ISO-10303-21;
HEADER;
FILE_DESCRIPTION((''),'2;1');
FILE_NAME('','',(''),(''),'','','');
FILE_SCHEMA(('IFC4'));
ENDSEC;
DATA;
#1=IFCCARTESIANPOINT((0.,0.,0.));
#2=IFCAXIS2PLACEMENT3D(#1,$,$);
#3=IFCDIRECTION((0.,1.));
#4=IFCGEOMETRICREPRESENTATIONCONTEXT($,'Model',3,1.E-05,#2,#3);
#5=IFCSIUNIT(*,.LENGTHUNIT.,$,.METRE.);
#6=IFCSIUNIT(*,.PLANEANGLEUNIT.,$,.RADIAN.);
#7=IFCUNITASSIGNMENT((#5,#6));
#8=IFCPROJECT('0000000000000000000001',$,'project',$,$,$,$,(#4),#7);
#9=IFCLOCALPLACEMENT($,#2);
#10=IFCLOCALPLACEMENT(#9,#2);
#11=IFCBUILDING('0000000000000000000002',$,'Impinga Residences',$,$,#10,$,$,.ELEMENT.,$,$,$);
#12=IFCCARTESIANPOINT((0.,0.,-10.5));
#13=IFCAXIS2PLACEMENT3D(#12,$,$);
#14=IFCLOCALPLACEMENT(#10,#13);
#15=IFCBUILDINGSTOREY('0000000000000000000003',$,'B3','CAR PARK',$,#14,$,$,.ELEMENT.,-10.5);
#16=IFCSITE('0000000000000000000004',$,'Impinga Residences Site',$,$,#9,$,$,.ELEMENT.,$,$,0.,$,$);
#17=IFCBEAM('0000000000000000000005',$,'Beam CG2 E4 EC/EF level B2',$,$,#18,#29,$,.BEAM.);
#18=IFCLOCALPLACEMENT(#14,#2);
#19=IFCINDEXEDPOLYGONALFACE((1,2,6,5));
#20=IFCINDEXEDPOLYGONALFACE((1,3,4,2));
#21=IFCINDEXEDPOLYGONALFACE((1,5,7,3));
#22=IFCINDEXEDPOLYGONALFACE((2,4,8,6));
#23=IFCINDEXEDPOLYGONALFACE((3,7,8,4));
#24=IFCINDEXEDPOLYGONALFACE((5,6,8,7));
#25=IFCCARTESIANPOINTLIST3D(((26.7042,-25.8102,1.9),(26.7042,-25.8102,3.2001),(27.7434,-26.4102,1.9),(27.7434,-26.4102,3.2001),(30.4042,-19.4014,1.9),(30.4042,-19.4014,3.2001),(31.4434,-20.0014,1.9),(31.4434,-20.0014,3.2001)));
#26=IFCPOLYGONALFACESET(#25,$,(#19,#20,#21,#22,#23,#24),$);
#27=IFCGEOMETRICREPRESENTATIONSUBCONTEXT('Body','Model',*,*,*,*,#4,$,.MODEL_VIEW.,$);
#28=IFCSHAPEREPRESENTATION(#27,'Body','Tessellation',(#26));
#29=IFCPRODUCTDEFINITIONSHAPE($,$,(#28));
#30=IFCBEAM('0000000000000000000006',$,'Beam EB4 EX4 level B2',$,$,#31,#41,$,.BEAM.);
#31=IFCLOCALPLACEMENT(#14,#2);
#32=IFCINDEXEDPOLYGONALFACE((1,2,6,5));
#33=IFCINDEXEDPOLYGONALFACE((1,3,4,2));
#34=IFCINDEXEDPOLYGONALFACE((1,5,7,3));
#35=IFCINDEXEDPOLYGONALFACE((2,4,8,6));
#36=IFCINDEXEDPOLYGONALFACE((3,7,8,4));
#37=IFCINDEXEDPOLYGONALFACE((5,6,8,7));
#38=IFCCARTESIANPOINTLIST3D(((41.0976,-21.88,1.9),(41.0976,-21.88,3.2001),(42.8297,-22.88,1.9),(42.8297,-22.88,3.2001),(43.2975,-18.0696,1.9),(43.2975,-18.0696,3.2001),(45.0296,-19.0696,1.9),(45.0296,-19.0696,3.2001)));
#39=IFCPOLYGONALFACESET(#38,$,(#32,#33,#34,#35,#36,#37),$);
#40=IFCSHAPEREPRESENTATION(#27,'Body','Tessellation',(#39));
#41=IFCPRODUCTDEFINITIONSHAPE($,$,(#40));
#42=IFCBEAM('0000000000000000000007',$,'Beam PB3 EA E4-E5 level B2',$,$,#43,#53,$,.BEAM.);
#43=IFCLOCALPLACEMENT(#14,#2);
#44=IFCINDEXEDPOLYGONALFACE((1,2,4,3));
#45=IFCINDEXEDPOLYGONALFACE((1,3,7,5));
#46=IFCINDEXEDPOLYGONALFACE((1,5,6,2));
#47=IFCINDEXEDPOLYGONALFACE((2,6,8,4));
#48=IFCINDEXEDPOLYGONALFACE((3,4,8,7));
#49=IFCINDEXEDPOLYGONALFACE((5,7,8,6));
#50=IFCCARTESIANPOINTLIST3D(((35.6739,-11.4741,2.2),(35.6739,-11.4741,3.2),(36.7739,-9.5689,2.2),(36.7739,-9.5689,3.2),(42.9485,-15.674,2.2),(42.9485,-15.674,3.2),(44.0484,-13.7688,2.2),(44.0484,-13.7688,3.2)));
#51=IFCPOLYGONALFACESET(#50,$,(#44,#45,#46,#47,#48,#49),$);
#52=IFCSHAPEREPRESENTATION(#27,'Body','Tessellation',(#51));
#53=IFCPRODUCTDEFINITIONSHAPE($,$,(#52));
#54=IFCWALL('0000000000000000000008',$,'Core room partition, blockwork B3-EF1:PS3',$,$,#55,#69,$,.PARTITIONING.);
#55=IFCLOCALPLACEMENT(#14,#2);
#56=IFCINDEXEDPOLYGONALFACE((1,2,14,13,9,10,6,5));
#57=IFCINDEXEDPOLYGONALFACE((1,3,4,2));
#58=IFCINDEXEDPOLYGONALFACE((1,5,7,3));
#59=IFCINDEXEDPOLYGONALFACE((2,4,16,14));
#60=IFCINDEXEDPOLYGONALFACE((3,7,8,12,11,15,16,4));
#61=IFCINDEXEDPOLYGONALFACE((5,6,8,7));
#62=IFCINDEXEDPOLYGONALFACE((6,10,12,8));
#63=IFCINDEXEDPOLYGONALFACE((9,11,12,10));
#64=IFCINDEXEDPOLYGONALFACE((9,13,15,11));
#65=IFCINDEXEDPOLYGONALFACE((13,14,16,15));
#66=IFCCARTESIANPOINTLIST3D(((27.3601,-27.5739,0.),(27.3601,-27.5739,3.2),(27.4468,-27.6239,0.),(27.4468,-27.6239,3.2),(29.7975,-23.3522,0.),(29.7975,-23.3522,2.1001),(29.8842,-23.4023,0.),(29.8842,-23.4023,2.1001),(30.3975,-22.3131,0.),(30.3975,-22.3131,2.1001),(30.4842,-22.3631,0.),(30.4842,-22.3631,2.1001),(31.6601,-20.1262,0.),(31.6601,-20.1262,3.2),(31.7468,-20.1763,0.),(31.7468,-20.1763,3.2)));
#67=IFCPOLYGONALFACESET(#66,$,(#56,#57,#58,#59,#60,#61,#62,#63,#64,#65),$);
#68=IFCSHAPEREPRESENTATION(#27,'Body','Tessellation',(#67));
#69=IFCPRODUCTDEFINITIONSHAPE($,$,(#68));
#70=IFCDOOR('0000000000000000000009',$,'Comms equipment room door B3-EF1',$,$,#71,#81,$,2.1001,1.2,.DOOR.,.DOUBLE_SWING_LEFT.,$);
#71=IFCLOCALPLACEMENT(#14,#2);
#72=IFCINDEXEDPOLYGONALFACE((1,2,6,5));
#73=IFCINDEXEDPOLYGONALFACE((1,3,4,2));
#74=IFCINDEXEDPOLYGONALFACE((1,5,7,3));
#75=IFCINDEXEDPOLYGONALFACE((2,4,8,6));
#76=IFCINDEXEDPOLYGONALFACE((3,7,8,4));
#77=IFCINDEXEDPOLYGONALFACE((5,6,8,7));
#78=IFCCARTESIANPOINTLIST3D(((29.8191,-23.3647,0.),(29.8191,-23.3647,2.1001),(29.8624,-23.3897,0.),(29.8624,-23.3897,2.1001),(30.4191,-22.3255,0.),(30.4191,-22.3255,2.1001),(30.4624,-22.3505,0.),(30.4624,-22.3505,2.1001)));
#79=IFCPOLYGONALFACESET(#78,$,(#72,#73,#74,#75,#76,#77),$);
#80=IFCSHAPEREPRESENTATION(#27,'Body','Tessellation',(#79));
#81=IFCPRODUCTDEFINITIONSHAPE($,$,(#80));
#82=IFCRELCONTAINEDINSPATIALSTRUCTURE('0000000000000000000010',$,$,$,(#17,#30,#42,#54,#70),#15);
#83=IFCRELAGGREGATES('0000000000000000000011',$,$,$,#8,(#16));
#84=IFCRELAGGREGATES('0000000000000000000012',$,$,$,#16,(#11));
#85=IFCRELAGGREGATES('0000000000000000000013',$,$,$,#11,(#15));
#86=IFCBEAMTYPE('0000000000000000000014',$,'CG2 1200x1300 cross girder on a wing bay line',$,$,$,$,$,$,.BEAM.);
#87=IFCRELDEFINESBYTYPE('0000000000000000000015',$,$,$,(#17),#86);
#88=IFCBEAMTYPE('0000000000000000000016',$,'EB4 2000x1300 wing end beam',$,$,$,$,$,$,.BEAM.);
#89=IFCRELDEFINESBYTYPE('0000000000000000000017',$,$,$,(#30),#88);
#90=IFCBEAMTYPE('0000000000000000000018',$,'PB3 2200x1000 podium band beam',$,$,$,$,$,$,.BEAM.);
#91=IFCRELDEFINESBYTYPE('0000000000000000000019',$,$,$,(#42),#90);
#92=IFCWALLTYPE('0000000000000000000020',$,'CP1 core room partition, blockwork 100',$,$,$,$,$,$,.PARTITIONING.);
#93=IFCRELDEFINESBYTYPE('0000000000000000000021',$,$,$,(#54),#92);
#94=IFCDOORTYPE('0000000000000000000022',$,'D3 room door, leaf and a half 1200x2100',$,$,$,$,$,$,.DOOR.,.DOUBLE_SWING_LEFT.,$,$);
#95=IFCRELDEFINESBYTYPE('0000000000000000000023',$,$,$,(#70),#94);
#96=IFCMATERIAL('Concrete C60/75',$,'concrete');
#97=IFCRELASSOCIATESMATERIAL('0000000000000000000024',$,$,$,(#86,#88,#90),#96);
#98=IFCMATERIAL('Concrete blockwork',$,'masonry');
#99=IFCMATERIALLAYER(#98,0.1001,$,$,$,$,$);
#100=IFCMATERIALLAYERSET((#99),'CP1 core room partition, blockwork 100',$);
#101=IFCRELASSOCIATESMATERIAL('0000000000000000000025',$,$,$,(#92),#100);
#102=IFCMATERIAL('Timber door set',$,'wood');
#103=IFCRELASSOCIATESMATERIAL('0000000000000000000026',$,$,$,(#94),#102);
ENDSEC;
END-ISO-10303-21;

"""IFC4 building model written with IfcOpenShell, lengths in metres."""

from ifc_helpers import new_model, si_unit, direction, frame, frame_2d, origin, origin_2d, place, context, subcontext, project, spatial, rectangle, extrude, material, layer, layer_set, material_profile, profile_set, type_object, element, fill, save


model = new_model("IFC4")

# Units and contexts
model_context = context("Model", 3, precision=1e-05, world=origin(), true_north=direction((0.0, 1.0)))
body_context = subcontext(model_context, "Body", "Model", "MODEL_VIEW")
ifc_project = project(units=[si_unit("LENGTHUNIT", "METRE"), si_unit("PLANEANGLEUNIT", "RADIAN")], contexts=[model_context])

# Site, building, storey
site_placement = place(None, origin())
site = spatial("IfcSite", under=ifc_project, at=site_placement, Name="Impinga Residences Site", CompositionType="ELEMENT", RefElevation=0.0)
building_placement = place(site_placement, origin())
building = spatial("IfcBuilding", under=site, at=building_placement, Name="Impinga Residences", CompositionType="ELEMENT")
storey_placement = place(building_placement, frame((0.0, 0.0, -10.5)))
storey = spatial("IfcBuildingStorey", under=building, at=storey_placement, Name="B3", Description="CAR PARK", CompositionType="ELEMENT", Elevation=-10.5)

# Beams
ifc_material_1 = material(Name="Concrete C60/75", Category="concrete")
ifc_material_profile_1 = material_profile(ifc_material_1, rectangle(XDim=1.2, YDim=1.3, at=origin_2d()), Name="RC 1200x1300")
ifc_profile_set_1 = profile_set([ifc_material_profile_1], Name="Concrete C60/75")
beam_type_1 = type_object("IfcBeamType", Name="CG2 1200x1300 cross girder on a wing bay line", PredefinedType="BEAM", material=ifc_profile_set_1)
for number, where, z_axis, x_axis, name in (
    (1, (30.9238, -19.7014, 2.55), (-0.499989, -0.866032, 0.0), (0.866032, -0.499989, 0.0), "Beam CG2 E4 EC/EF level B2"),
):
    element("IfcBeam", number, at=place(storey_placement, frame(where, z_axis=z_axis, x_axis=x_axis)), inside=storey, type_object=beam_type_1, Name=name, PredefinedType="BEAM", context=body_context, shape_type="SweptSolid", body=[
        extrude(rectangle(XDim=1.2, YDim=1.3, at=origin_2d()), origin(), (0.0, 0.0, 1.0), 7.4001),
    ])
ifc_material_profile_2 = material_profile(ifc_material_1, rectangle(XDim=2.0, YDim=1.3, at=origin_2d()), Name="RC 2000x1300")
ifc_profile_set_2 = profile_set([ifc_material_profile_2], Name="Concrete C60/75")
beam_type_2 = type_object("IfcBeamType", Name="EB4 2000x1300 wing end beam", PredefinedType="BEAM", material=ifc_profile_set_2)
beam_1_placement = place(storey_placement, frame((44.1636, -18.5696, 2.55), z_axis=(-0.499988, -0.866032, 0.0), x_axis=(0.866032, -0.499988, 0.0)))
element("IfcBeam", 2, at=beam_1_placement, inside=storey, type_object=beam_type_2, Name="Beam EB4 EX4 level B2", PredefinedType="BEAM", context=body_context, shape_type="SweptSolid", body=[
    extrude(rectangle(XDim=2.0, YDim=1.3, at=origin_2d()), origin(), (0.0, 0.0, 1.0), 4.3999),
])
ifc_material_profile_3 = material_profile(ifc_material_1, rectangle(XDim=2.2, YDim=1.0, at=origin_2d()), Name="RC 2200x1000")
ifc_profile_set_3 = profile_set([ifc_material_profile_3], Name="Concrete C60/75")
beam_type_3 = type_object("IfcBeamType", Name="PB3 2200x1000 podium band beam", PredefinedType="BEAM", material=ifc_profile_set_3)
beam_2_placement = place(storey_placement, frame((36.2239, -10.5215, 2.7), z_axis=(0.866029, -0.499993, 0.0), x_axis=(0.499993, 0.866029, 0.0)))
element("IfcBeam", 3, at=beam_2_placement, inside=storey, type_object=beam_type_3, Name="Beam PB3 EA E4-E5 level B2", PredefinedType="BEAM", context=body_context, shape_type="SweptSolid", body=[
    extrude(rectangle(XDim=2.2, YDim=1.0, at=origin_2d()), origin(), (0.0, 0.0, 1.0), 8.3999),
])

# Wall, opening, door
ifc_material_2 = material(Name="Concrete blockwork", Category="masonry")
ifc_layer = layer(ifc_material_2, 0.1001)
ifc_layer_set = layer_set([ifc_layer], Name="CP1 core room partition, blockwork 100")
wall_type = type_object("IfcWallType", Name="CP1 core room partition, blockwork 100", PredefinedType="PARTITIONING", material=ifc_layer_set)
wall_placement = place(storey_placement, frame((31.7034, -20.1514, 0.0), z_axis=(0.0, 0.0, 1.0), x_axis=(-0.500008, -0.866021, 0.0)))
wall = element("IfcWall", 4, at=wall_placement, inside=storey, type_object=wall_type, Name="Core room partition, blockwork B3-EF1:PS3", PredefinedType="PARTITIONING", context=body_context, shape_type="SweptSolid", body=[
    extrude(rectangle(XDim=8.5999, YDim=0.1001, at=frame_2d((4.2998, 0.0))), origin(), (0.0, 0.0, 1.0), 3.2),
])
opening_placement = place(wall_placement, frame((2.5249, 0.0, 0.0)))
opening = element("IfcOpeningElement", 5, at=opening_placement, cuts=wall, PredefinedType="OPENING", context=body_context, shape_type="SweptSolid", body=[
    extrude(rectangle(XDim=1.2, YDim=2.1001, at=frame_2d((0.6001, 1.05))), frame((0.0, 0.0601, 0.0), z_axis=(0.0, -1.0, 0.0), x_axis=(1.0, 0.0, 0.0)), (0.0, 0.0, 1.0), 0.1201),
])
ifc_material_3 = material(Name="Timber door set", Category="wood")
door_type = type_object("IfcDoorType", Name="D3 room door, leaf and a half 1200x2100", OperationType="DOUBLE_SWING_LEFT", PredefinedType="DOOR", material=ifc_material_3)
door_placement = place(opening_placement, origin())
door = element("IfcDoor", 6, at=door_placement, inside=storey, type_object=door_type, Name="Comms equipment room door B3-EF1", OperationType="DOUBLE_SWING_LEFT", OverallHeight=2.1001, OverallWidth=1.2, PredefinedType="DOOR", context=body_context, shape_type="SweptSolid", body=[
    extrude(rectangle(XDim=1.2, YDim=2.1001, at=frame_2d((0.6001, 1.05))), frame((0.0, 0.0249, 0.0), z_axis=(0.0, -1.0, 0.0), x_axis=(1.0, 0.0, 0.0)), (0.0, 0.0, 1.0), 0.05),
])
fill(opening, door)

save(model, "model.ifc")
